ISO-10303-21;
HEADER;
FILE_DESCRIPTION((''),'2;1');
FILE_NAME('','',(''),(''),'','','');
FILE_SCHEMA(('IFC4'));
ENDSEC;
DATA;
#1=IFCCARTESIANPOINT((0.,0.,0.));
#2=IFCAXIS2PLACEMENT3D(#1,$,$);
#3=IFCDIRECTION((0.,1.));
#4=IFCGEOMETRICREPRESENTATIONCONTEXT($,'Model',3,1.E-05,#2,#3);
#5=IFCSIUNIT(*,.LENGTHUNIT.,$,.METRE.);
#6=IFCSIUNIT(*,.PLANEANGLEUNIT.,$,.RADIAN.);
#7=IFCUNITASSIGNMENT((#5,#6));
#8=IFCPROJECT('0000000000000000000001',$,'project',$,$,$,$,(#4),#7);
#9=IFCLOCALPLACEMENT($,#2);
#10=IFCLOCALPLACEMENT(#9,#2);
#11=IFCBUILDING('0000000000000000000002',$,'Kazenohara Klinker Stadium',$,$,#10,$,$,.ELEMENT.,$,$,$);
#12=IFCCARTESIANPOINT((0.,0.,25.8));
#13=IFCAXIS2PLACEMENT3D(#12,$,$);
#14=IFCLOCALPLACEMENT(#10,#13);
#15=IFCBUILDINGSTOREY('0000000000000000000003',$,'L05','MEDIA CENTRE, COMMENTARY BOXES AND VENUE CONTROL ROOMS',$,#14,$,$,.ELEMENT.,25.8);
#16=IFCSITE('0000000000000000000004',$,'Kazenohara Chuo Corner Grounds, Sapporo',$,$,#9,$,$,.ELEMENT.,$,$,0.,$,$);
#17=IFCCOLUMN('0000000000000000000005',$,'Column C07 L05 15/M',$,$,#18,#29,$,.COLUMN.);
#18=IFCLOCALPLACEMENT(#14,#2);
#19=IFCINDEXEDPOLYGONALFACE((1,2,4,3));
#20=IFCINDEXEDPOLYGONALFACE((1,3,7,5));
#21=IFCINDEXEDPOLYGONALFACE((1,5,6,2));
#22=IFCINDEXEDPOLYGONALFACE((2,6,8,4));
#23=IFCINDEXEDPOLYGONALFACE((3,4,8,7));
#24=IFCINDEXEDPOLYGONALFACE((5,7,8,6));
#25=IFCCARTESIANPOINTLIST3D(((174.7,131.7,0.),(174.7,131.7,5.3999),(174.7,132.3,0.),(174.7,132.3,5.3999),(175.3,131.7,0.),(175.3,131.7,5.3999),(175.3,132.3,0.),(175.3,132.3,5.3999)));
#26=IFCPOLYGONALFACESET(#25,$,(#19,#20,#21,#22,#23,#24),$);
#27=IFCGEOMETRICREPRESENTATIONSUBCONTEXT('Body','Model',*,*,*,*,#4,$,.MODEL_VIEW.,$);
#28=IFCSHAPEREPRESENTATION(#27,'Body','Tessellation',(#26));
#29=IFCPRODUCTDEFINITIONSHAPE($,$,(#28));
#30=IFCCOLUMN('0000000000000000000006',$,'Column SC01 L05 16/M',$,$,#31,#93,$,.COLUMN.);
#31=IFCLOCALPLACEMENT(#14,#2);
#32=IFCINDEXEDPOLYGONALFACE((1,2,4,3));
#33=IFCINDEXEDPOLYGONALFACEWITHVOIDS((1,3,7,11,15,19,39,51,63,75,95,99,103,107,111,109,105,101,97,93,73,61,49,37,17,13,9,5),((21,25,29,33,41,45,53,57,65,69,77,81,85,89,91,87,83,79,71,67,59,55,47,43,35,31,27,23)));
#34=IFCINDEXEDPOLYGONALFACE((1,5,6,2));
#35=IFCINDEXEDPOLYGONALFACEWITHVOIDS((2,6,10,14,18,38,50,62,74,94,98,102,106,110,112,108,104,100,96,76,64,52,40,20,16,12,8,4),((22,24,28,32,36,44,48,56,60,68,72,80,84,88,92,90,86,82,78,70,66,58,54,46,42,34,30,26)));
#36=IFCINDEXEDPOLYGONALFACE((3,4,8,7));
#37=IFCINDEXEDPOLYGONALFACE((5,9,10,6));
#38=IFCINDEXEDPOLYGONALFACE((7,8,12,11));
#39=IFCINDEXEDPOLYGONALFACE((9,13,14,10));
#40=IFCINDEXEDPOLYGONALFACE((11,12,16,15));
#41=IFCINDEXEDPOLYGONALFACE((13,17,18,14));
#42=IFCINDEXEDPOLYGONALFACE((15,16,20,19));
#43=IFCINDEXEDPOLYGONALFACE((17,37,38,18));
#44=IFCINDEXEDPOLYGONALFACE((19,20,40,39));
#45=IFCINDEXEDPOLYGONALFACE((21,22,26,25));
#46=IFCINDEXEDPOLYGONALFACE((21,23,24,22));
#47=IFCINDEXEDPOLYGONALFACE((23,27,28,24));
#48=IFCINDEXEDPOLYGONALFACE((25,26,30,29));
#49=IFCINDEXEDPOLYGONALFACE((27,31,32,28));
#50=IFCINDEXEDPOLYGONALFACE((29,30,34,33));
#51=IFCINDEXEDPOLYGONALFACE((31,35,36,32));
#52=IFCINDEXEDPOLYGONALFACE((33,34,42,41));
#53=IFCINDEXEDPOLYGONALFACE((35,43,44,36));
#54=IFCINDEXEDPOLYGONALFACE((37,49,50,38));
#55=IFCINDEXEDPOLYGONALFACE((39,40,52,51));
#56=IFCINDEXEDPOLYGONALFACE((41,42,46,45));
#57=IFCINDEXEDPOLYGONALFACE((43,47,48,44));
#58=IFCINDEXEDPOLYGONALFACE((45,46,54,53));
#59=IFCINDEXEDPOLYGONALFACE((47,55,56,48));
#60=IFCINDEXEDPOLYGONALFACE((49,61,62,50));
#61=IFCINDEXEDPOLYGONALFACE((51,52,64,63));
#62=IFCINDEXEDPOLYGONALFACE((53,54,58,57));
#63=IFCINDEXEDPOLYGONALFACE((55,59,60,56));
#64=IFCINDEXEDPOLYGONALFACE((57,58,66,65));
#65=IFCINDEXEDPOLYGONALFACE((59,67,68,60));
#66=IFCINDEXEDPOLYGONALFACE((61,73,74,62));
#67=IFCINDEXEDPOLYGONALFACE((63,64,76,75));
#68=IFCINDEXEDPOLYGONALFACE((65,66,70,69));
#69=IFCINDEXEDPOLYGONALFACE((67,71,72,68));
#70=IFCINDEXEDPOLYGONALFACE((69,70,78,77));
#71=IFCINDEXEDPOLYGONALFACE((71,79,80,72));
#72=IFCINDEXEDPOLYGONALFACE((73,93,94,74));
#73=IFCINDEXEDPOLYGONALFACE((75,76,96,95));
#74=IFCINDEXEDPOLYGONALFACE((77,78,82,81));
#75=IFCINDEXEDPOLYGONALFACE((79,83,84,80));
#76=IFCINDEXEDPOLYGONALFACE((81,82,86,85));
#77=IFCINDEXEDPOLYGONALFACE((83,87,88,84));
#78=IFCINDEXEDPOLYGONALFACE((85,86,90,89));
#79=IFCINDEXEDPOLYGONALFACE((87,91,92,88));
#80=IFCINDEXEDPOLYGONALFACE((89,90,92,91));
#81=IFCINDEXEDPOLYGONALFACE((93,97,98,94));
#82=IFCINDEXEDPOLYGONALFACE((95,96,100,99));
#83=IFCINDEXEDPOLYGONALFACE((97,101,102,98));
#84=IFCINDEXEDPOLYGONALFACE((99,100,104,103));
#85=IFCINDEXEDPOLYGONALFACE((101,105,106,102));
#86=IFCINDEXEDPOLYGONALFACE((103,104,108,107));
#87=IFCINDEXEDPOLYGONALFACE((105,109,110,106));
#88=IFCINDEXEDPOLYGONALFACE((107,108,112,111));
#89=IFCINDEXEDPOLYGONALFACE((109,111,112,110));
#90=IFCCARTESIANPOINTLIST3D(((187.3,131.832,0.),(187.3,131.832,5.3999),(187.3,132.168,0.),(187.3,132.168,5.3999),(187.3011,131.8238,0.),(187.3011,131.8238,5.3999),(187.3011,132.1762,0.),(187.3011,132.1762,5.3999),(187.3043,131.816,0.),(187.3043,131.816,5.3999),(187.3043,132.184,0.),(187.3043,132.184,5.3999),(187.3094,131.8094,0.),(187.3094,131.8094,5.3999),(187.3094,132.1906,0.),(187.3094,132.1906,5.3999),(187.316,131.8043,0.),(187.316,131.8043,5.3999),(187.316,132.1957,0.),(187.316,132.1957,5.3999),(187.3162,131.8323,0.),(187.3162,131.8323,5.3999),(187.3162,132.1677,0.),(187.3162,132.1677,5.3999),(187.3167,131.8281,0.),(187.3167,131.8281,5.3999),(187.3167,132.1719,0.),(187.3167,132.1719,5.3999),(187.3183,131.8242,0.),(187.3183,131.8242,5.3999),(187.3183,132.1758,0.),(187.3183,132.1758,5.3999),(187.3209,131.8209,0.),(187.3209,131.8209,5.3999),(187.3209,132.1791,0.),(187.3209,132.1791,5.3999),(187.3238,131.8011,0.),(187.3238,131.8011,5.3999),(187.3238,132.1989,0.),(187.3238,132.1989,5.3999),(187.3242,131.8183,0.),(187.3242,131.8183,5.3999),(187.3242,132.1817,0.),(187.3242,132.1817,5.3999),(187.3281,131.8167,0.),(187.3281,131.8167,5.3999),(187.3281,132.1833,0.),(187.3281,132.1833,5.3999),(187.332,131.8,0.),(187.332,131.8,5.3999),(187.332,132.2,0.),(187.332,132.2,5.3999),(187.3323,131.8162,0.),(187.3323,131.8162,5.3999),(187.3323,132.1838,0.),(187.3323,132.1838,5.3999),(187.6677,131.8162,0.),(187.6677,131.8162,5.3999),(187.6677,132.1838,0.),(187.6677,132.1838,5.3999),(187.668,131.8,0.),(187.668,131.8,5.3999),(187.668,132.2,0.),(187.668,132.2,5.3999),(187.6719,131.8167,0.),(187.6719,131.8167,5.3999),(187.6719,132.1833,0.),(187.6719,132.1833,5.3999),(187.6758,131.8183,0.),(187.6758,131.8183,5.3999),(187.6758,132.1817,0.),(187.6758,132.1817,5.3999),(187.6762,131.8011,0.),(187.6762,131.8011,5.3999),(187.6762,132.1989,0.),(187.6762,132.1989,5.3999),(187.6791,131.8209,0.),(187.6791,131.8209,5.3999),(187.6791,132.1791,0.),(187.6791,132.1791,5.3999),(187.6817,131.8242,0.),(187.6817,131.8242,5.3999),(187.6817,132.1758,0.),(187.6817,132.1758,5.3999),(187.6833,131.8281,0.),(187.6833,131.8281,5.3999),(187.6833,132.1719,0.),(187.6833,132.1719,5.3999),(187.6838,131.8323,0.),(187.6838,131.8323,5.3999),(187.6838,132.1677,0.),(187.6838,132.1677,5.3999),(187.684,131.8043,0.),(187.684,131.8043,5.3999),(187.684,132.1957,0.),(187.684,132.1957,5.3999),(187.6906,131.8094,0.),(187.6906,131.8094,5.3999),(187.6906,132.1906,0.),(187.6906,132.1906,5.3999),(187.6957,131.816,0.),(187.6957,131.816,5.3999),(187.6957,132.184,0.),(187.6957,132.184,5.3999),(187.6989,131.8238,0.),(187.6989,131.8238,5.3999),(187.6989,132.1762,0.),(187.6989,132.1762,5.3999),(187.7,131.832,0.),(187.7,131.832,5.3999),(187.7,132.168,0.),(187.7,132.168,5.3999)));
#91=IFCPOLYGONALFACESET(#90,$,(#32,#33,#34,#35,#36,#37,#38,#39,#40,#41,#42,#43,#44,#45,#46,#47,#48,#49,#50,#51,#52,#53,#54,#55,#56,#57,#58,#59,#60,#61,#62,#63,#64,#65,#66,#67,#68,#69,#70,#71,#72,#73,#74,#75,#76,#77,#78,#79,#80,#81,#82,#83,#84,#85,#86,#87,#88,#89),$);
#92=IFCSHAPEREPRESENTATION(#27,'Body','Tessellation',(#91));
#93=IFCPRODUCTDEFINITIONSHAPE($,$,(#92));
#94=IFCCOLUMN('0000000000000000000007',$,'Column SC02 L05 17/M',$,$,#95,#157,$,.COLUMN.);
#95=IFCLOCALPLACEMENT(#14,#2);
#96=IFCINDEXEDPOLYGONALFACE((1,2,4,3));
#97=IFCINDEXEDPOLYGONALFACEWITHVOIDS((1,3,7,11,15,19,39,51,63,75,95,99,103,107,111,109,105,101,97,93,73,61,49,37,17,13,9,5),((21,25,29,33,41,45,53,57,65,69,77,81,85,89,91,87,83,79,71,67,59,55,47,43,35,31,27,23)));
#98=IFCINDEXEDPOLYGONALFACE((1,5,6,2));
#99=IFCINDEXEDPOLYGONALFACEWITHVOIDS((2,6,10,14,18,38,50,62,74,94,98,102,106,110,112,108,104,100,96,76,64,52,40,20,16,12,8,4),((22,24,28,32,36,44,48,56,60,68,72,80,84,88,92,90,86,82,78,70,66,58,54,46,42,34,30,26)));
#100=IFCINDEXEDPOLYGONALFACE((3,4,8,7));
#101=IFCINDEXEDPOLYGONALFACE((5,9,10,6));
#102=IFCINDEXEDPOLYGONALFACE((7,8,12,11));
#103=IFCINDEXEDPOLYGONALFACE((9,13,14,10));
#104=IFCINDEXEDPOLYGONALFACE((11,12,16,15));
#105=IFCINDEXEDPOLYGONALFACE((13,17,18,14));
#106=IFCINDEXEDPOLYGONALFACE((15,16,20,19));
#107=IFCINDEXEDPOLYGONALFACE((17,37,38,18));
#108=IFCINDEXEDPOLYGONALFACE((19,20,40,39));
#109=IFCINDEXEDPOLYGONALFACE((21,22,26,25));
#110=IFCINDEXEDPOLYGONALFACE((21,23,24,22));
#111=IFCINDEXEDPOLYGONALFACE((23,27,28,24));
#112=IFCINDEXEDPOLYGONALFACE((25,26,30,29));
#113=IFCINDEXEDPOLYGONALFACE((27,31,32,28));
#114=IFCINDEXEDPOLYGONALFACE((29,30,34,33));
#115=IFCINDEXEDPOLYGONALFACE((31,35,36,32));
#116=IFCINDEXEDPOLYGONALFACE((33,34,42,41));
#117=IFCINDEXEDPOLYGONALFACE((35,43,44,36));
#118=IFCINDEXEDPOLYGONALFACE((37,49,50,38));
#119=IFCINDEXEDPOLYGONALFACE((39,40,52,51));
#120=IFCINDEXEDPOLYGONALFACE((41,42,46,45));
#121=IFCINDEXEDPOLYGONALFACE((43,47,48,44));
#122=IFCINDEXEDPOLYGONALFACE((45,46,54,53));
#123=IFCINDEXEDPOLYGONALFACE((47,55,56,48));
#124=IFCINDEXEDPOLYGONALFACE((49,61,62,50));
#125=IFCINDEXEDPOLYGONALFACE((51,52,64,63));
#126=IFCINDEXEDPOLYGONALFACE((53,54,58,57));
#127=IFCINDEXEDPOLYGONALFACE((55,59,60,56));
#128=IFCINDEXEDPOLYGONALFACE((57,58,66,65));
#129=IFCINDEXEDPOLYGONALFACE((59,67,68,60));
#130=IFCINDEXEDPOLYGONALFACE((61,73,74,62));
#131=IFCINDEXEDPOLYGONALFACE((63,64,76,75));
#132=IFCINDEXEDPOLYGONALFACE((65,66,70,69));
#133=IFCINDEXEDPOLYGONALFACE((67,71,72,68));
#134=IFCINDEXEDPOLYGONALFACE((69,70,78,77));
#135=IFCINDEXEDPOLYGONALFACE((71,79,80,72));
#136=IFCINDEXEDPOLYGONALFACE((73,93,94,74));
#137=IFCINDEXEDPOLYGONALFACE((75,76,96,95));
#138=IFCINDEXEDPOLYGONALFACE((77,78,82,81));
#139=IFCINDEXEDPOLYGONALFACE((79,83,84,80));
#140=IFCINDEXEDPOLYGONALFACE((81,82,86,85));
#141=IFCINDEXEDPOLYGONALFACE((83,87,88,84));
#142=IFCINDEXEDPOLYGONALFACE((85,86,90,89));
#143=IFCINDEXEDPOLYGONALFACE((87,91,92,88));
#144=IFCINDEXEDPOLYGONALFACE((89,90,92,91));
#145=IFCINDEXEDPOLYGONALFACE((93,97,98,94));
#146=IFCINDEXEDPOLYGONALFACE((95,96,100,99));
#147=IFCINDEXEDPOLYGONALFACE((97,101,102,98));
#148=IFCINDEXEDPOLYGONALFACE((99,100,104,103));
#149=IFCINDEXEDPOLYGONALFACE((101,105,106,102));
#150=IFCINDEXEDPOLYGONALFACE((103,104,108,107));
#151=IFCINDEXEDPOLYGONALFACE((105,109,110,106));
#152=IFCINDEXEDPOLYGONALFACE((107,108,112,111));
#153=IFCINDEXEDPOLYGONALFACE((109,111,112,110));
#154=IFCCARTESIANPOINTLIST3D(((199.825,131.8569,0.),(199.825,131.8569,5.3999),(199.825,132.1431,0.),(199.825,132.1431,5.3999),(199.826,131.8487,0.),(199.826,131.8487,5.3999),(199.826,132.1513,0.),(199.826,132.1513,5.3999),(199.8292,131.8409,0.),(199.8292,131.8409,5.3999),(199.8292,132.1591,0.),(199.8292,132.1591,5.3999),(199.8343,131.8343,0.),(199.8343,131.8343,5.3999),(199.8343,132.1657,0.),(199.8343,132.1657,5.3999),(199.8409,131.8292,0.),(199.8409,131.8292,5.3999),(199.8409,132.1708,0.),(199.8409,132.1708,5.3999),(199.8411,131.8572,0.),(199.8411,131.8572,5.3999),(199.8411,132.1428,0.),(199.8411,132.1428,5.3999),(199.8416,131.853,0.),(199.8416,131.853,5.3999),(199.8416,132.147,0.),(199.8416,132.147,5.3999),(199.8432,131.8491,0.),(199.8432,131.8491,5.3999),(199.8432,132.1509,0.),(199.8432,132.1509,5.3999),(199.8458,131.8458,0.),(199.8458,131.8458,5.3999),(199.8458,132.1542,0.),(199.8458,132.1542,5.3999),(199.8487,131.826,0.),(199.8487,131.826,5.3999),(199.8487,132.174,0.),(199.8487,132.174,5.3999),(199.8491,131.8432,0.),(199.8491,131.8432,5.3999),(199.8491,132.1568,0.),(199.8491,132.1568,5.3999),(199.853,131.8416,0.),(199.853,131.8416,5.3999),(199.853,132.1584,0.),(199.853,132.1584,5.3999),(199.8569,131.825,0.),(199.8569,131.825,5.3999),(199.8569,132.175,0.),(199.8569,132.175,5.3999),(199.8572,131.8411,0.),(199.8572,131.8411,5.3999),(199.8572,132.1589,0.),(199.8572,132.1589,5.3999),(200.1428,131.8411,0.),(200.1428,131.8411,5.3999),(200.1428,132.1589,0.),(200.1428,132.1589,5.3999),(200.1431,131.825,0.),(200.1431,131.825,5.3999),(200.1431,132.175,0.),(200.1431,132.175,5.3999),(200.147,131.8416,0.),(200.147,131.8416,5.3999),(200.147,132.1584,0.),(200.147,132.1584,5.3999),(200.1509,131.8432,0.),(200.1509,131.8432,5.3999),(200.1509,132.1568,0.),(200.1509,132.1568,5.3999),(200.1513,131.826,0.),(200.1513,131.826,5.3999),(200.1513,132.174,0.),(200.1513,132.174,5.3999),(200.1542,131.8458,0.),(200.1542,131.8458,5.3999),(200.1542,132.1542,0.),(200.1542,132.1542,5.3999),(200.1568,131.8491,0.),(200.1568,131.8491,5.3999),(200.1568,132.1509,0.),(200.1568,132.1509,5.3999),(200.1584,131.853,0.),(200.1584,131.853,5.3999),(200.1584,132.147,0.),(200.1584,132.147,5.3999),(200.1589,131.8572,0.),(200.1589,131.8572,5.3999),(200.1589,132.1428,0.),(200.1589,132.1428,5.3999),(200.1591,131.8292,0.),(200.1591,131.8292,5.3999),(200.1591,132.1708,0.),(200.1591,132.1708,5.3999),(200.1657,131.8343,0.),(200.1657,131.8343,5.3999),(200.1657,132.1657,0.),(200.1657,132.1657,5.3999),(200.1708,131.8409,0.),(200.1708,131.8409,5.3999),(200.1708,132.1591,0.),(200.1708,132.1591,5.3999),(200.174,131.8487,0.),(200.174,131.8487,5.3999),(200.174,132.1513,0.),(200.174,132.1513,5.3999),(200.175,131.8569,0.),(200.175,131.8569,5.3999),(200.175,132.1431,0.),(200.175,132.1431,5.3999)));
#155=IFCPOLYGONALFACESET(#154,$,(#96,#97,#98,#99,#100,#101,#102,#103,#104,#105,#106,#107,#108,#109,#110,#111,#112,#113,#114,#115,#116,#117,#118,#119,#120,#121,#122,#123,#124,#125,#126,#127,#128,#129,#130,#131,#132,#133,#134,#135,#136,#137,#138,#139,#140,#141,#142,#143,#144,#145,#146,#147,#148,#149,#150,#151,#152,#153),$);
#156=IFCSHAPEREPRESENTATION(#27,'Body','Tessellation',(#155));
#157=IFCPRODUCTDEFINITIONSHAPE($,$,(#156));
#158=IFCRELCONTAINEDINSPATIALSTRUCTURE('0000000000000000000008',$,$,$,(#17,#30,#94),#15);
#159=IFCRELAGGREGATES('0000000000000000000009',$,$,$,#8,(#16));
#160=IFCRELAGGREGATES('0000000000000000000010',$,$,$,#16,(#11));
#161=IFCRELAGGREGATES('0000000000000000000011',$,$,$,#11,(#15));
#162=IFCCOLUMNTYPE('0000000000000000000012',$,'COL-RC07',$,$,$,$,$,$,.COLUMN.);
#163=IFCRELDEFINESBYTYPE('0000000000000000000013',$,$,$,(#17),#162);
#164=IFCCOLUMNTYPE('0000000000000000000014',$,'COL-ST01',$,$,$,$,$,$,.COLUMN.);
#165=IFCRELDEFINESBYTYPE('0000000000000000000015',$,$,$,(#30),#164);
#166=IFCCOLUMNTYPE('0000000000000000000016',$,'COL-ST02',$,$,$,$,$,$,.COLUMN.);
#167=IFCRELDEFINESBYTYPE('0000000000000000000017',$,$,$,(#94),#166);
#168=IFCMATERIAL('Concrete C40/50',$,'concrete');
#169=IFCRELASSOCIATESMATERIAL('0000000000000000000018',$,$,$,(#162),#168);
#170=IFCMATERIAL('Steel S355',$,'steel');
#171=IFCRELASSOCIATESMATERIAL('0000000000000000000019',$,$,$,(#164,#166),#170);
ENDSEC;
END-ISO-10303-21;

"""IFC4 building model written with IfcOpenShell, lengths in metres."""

from ifc_helpers import new_model, si_unit, direction, frame, origin, origin_2d, place, context, subcontext, project, spatial, rectangle, hollow_rectangle, extrude, material, material_profile, profile_set, type_object, element, save


model = new_model("IFC4")

# Units and contexts
model_context = context("Model", 3, precision=1e-05, world=origin(), true_north=direction((0.0, 1.0)))
body_context = subcontext(model_context, "Body", "Model", "MODEL_VIEW")
ifc_project = project(units=[si_unit("LENGTHUNIT", "METRE"), si_unit("PLANEANGLEUNIT", "RADIAN")], contexts=[model_context])

# Site, building, storey
site_placement = place(None, origin())
site = spatial("IfcSite", under=ifc_project, at=site_placement, Name="Kazenohara Chuo Corner Grounds, Sapporo", CompositionType="ELEMENT", RefElevation=0.0)
building_placement = place(site_placement, origin())
building = spatial("IfcBuilding", under=site, at=building_placement, Name="Kazenohara Klinker Stadium", CompositionType="ELEMENT")
storey_placement = place(building_placement, frame((0.0, 0.0, 25.8)))
storey = spatial("IfcBuildingStorey", under=building, at=storey_placement, Name="L05", Description="MEDIA CENTRE, COMMENTARY BOXES AND VENUE CONTROL ROOMS", CompositionType="ELEMENT", Elevation=25.8)

# Columns
ifc_material_1 = material(Name="Concrete C40/50", Category="concrete")
ifc_material_profile_1 = material_profile(ifc_material_1, rectangle(XDim=0.6001, YDim=0.6001, at=origin_2d()), Name="RC-COL-600x600")
ifc_profile_set_1 = profile_set([ifc_material_profile_1], Name="Concrete C40/50")
column_type_1 = type_object("IfcColumnType", Name="COL-RC07", PredefinedType="COLUMN", material=ifc_profile_set_1)
column_1_placement = place(storey_placement, frame((175.0, 132.0, 0.0), z_axis=(0.0, 0.0, 1.0), x_axis=(1.0, 0.0, 0.0)))
element("IfcColumn", 1, at=column_1_placement, inside=storey, type_object=column_type_1, Name="Column C07 L05 15/M", PredefinedType="COLUMN", context=body_context, shape_type="SweptSolid", body=[
    extrude(rectangle(XDim=0.6001, YDim=0.6001, at=origin_2d()), origin(), (0.0, 0.0, 1.0), 5.3999),
])
ifc_material_2 = material(Name="Steel S355", Category="steel")
ifc_material_profile_2 = material_profile(ifc_material_2, hollow_rectangle(XDim=0.3999, YDim=0.3999, WallThickness=0.0161, InnerFilletRadius=0.0161, OuterFilletRadius=0.032, at=origin_2d()), Name="SHS-400x400x16")
ifc_profile_set_2 = profile_set([ifc_material_profile_2], Name="Steel S355")
column_type_2 = type_object("IfcColumnType", Name="COL-ST01", PredefinedType="COLUMN", material=ifc_profile_set_2)
column_2_placement = place(storey_placement, frame((187.5, 132.0, 0.0), z_axis=(0.0, 0.0, 1.0), x_axis=(1.0, 0.0, 0.0)))
element("IfcColumn", 2, at=column_2_placement, inside=storey, type_object=column_type_2, Name="Column SC01 L05 16/M", PredefinedType="COLUMN", context=body_context, shape_type="SweptSolid", body=[
    extrude(hollow_rectangle(XDim=0.3999, YDim=0.3999, WallThickness=0.0161, InnerFilletRadius=0.0161, OuterFilletRadius=0.032, at=origin_2d()), origin(), (0.0, 0.0, 1.0), 5.3999),
])
ifc_material_profile_3 = material_profile(ifc_material_2, hollow_rectangle(XDim=0.3501, YDim=0.3501, WallThickness=0.0161, InnerFilletRadius=0.0161, OuterFilletRadius=0.032, at=origin_2d()), Name="SHS-350x350x16")
ifc_profile_set_3 = profile_set([ifc_material_profile_3], Name="Steel S355")
column_type_3 = type_object("IfcColumnType", Name="COL-ST02", PredefinedType="COLUMN", material=ifc_profile_set_3)
for number, where, z_axis, x_axis, name in (
    (3, (200.0, 132.0, 0.0), (0.0, 0.0, 1.0), (1.0, 0.0, 0.0), "Column SC02 L05 17/M"),
):
    element("IfcColumn", number, at=place(storey_placement, frame(where, z_axis=z_axis, x_axis=x_axis)), inside=storey, type_object=column_type_3, Name=name, PredefinedType="COLUMN", context=body_context, shape_type="SweptSolid", body=[
        extrude(hollow_rectangle(XDim=0.3501, YDim=0.3501, WallThickness=0.0161, InnerFilletRadius=0.0161, OuterFilletRadius=0.032, at=origin_2d()), origin(), (0.0, 0.0, 1.0), 5.3999),
    ])

save(model, "model.ifc")
